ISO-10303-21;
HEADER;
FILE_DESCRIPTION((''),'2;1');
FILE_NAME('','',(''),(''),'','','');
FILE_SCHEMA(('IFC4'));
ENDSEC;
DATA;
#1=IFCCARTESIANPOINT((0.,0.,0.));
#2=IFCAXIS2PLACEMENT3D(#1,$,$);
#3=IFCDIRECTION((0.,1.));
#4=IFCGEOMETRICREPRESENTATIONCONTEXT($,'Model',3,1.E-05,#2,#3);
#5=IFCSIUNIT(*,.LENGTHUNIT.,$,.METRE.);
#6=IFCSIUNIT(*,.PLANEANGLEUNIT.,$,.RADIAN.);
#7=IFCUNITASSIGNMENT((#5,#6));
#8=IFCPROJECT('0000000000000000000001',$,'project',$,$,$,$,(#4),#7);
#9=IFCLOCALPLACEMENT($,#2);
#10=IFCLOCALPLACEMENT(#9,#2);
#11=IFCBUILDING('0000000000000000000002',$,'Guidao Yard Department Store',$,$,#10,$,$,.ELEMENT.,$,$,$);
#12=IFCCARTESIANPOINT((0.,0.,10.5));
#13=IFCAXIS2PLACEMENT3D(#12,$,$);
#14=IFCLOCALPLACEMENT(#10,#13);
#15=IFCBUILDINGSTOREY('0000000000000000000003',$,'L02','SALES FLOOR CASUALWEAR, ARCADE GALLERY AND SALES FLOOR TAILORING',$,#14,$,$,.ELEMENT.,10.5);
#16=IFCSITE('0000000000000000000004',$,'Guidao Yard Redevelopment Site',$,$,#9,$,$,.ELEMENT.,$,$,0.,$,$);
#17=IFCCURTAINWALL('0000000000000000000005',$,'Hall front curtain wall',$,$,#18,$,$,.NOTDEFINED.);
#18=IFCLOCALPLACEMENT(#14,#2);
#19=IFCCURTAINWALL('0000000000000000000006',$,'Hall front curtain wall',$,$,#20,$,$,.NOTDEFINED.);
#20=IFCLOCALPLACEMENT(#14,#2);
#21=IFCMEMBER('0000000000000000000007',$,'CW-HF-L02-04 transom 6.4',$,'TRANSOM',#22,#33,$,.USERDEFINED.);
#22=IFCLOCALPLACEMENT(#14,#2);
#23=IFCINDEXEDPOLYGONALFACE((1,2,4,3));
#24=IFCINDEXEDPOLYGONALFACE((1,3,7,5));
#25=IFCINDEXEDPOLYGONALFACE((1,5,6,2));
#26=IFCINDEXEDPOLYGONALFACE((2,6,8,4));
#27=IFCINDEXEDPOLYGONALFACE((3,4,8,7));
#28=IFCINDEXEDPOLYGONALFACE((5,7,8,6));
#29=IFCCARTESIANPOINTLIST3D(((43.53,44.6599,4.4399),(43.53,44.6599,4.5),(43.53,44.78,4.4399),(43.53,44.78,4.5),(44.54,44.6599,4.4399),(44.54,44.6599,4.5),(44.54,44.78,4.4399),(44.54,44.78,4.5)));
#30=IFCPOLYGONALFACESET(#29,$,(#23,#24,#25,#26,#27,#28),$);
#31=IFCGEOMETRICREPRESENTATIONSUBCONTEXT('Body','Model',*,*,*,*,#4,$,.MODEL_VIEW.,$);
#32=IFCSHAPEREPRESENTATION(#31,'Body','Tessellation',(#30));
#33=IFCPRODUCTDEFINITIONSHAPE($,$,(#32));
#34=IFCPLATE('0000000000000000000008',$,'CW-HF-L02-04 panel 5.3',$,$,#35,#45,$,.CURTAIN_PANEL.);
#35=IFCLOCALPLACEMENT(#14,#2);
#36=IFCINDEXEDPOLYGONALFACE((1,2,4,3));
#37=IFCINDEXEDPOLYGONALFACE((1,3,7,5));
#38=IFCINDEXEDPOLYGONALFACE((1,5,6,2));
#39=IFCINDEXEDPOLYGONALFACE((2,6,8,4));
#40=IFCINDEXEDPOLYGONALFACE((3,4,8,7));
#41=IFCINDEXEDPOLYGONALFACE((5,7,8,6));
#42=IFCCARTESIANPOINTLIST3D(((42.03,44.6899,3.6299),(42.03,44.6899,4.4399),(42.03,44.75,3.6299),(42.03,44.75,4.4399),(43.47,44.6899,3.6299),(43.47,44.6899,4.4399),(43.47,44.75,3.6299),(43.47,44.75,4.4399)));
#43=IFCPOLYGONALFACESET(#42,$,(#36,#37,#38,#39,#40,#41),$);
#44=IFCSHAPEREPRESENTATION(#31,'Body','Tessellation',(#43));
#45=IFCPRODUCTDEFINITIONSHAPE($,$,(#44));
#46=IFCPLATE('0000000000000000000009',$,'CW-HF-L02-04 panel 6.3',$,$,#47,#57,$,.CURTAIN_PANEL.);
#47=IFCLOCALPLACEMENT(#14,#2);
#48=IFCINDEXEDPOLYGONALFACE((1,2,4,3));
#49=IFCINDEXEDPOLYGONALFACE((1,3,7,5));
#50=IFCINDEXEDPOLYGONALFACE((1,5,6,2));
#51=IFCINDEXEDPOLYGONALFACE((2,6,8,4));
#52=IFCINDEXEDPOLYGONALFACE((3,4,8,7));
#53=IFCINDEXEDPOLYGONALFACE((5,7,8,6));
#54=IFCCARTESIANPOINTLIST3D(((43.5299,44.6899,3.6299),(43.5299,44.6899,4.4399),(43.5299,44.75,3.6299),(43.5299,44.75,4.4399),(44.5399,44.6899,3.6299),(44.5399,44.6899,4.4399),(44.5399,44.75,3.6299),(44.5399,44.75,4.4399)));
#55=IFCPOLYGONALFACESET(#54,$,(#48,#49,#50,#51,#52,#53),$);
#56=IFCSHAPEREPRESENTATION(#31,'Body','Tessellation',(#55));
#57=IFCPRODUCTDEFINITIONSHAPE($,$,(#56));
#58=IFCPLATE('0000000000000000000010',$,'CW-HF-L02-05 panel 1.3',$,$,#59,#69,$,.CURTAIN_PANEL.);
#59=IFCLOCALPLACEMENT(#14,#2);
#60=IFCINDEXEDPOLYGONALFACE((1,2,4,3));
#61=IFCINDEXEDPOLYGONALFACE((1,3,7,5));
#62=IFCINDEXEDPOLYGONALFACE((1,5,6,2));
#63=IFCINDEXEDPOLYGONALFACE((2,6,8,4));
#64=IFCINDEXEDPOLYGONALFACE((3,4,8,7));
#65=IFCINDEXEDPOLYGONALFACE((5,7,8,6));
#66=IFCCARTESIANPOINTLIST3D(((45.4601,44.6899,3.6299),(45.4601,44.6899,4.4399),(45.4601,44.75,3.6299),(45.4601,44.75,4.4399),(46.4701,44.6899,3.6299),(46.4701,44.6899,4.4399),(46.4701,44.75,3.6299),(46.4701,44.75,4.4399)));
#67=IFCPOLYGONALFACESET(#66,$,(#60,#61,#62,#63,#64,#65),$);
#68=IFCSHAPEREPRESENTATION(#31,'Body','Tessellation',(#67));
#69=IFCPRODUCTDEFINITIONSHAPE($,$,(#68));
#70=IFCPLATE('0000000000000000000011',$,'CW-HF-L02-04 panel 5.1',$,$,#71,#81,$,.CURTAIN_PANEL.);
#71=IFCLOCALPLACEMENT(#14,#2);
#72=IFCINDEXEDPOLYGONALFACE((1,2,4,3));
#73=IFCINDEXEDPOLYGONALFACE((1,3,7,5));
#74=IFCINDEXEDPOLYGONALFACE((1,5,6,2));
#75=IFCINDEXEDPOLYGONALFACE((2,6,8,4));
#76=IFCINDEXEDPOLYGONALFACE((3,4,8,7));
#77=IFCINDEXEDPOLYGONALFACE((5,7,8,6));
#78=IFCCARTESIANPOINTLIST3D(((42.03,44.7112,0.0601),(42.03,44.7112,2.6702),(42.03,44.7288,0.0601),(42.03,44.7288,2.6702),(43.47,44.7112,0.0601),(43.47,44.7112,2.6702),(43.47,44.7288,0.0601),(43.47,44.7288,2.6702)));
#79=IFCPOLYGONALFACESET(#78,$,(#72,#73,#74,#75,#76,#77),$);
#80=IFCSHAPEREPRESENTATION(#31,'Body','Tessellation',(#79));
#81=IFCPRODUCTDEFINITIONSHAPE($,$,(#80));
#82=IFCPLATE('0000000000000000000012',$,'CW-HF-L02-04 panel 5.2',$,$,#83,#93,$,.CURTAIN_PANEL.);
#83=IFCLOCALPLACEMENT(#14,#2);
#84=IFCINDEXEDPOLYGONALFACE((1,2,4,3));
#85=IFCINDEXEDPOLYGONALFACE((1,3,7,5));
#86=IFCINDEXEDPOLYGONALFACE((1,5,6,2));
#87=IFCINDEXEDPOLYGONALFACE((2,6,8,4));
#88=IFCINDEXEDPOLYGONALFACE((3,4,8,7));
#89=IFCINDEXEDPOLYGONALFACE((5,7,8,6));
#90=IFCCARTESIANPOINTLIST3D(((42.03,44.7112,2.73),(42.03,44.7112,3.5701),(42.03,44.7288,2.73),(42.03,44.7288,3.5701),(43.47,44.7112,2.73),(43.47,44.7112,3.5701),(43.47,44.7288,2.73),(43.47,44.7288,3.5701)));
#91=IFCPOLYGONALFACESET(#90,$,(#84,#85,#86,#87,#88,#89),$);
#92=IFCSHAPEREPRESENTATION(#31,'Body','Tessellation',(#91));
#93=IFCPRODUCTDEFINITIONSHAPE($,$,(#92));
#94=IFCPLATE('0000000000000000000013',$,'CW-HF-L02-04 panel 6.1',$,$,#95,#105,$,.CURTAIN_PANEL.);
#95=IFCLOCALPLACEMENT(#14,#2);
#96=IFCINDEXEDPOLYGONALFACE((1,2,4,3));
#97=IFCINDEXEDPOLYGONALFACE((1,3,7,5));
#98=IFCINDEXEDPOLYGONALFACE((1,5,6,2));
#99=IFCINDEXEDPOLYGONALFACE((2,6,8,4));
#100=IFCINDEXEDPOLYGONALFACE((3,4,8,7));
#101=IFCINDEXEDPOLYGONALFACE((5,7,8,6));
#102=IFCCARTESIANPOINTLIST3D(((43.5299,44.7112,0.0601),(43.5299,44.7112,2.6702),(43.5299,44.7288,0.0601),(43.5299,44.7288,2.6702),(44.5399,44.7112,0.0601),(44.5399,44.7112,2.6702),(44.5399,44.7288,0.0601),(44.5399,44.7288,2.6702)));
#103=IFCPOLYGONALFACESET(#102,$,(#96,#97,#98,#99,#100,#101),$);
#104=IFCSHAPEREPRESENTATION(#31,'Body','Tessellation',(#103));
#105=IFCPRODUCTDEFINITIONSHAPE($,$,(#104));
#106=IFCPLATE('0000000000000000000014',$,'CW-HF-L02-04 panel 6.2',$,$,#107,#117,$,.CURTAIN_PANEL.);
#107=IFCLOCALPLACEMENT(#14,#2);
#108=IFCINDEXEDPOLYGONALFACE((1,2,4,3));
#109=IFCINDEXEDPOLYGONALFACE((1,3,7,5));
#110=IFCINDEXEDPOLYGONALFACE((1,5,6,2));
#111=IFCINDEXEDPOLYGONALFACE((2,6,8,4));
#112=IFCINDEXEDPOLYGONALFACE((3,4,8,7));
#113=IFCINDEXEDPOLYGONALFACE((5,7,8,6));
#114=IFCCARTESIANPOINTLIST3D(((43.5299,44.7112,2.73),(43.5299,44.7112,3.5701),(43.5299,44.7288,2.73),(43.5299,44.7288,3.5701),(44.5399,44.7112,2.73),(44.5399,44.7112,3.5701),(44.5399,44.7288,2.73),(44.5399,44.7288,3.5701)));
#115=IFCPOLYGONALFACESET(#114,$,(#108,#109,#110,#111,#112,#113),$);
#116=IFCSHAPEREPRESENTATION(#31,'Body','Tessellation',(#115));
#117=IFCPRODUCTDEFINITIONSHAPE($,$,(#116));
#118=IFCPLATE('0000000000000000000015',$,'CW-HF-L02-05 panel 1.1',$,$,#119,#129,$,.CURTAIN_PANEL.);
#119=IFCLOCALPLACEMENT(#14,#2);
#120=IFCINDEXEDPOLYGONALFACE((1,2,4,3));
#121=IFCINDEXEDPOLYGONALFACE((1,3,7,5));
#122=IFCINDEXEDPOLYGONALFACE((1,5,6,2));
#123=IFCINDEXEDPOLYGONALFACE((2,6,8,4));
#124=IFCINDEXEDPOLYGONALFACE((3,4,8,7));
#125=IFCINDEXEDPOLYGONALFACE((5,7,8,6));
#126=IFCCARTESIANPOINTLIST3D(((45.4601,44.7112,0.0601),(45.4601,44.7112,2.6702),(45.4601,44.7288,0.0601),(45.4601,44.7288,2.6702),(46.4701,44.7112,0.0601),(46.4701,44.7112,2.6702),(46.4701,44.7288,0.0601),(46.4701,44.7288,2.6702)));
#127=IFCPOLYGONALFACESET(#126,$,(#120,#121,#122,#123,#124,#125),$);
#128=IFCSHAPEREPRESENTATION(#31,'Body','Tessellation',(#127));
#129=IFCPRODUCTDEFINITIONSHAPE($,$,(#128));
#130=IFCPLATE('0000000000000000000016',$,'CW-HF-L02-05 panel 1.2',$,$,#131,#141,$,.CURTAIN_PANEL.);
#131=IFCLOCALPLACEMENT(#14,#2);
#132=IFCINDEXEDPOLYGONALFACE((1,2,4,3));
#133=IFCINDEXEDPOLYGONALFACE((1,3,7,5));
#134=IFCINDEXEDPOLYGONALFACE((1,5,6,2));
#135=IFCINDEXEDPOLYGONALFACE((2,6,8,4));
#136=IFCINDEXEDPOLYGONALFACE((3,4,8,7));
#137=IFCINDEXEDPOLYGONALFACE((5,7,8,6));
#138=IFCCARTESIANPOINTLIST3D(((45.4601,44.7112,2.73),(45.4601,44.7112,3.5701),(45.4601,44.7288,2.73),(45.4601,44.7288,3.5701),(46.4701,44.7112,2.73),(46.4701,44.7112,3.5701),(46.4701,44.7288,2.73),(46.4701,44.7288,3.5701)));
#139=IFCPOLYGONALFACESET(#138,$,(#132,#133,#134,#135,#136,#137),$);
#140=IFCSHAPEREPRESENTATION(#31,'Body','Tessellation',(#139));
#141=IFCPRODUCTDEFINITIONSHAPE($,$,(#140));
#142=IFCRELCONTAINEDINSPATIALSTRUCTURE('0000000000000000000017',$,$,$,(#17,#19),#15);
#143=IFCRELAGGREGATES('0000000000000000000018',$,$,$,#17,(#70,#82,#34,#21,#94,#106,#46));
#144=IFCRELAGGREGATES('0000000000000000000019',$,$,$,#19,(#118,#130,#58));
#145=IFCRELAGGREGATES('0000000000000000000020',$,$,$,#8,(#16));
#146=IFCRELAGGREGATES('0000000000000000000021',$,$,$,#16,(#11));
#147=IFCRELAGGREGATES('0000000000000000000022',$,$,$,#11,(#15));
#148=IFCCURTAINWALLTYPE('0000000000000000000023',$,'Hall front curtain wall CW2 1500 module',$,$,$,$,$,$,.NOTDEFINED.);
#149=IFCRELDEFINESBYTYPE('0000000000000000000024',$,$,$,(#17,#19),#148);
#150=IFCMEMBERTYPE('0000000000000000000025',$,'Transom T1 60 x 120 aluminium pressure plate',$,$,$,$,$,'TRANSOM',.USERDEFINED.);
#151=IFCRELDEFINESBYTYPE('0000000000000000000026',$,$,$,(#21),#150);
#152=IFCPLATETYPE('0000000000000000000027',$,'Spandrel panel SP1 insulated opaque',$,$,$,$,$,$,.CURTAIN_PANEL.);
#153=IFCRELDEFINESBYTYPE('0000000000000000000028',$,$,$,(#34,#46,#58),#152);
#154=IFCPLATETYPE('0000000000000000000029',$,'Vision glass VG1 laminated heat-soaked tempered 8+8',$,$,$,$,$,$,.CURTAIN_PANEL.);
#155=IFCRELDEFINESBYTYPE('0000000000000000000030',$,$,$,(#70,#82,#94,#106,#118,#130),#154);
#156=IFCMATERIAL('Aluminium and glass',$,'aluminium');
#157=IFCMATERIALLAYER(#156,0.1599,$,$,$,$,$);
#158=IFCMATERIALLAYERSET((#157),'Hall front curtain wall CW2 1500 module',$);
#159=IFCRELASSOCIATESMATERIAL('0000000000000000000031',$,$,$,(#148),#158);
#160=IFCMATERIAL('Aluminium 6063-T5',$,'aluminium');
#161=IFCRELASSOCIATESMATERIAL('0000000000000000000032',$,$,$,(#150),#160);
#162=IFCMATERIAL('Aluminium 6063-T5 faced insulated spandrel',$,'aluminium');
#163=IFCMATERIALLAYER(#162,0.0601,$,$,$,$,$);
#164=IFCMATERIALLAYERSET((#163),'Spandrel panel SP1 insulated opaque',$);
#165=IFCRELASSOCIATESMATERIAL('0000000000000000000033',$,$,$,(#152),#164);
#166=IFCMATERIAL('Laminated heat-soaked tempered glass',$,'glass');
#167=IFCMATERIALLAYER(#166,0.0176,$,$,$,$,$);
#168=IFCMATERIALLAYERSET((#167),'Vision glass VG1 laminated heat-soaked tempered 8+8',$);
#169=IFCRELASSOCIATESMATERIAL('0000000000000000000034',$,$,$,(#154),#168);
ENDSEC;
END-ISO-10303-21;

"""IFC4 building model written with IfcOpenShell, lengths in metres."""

from ifc_helpers import new_model, si_unit, direction, frame, origin, origin_2d, place, context, subcontext, project, spatial, rectangle, extrude, material, layer, layer_set, material_profile, profile_set, type_object, element, aggregate, save


model = new_model("IFC4")

# Units and contexts
model_context = context("Model", 3, precision=1e-05, world=origin(), true_north=direction((0.0, 1.0)))
body_context = subcontext(model_context, "Body", "Model", "MODEL_VIEW")
ifc_project = project(units=[si_unit("LENGTHUNIT", "METRE"), si_unit("PLANEANGLEUNIT", "RADIAN")], contexts=[model_context])

# Site, building, storey
site_placement = place(None, origin())
site = spatial("IfcSite", under=ifc_project, at=site_placement, Name="Guidao Yard Redevelopment Site", CompositionType="ELEMENT", RefElevation=0.0)
building_placement = place(site_placement, origin())
building = spatial("IfcBuilding", under=site, at=building_placement, Name="Guidao Yard Department Store", CompositionType="ELEMENT")
storey_placement = place(building_placement, frame((0.0, 0.0, 10.5)))
storey = spatial("IfcBuildingStorey", under=building, at=storey_placement, Name="L02", Description="SALES FLOOR CASUALWEAR, ARCADE GALLERY AND SALES FLOOR TAILORING", CompositionType="ELEMENT", Elevation=10.5)

# Curtain wall
ifc_material_1 = material(Name="Aluminium and glass", Category="aluminium")
ifc_layer_1 = layer(ifc_material_1, 0.1599)
ifc_layer_set_1 = layer_set([ifc_layer_1], Name="Hall front curtain wall CW2 1500 module")
curtain_wall_type = type_object("IfcCurtainWallType", Name="Hall front curtain wall CW2 1500 module", PredefinedType="NOTDEFINED", material=ifc_layer_set_1)
curtain_wall_1_placement = place(storey_placement, origin())
curtain_wall_1 = element("IfcCurtainWall", 1, at=curtain_wall_1_placement, inside=storey, type_object=curtain_wall_type, Name="Hall front curtain wall", PredefinedType="NOTDEFINED")

# Curtain wall
curtain_wall_2_placement = place(storey_placement, origin())
curtain_wall_2 = element("IfcCurtainWall", 2, at=curtain_wall_2_placement, inside=storey, type_object=curtain_wall_type, Name="Hall front curtain wall", PredefinedType="NOTDEFINED")

# Member
ifc_material_2 = material(Name="Aluminium 6063-T5", Category="aluminium")
ifc_material_profile_1 = material_profile(ifc_material_2, rectangle(XDim=0.1201, YDim=0.0601, at=origin_2d()), Name="Transom T1 60 x 120 aluminium pressure plate")
ifc_profile_set_1 = profile_set([ifc_material_profile_1], Name="Aluminium 6063-T5")
member_type_1 = type_object("IfcMemberType", Name="Transom T1 60 x 120 aluminium pressure plate", ElementType="TRANSOM", PredefinedType="USERDEFINED", material=ifc_profile_set_1)
member_1_placement = place(storey_placement, frame((44.54, 44.72, 4.47), z_axis=(-1.0, 0.0, 0.0), x_axis=(0.0, -1.0, 0.0)))
member_1 = element("IfcMember", 3, at=member_1_placement, type_object=member_type_1, Name="CW-HF-L02-04 transom 6.4", ObjectType="TRANSOM", PredefinedType="USERDEFINED", context=body_context, shape_type="SweptSolid", body=[
    extrude(rectangle(XDim=0.1201, YDim=0.0601, at=origin_2d()), origin(), (0.0, 0.0, 1.0), 1.01),
])

# Plates
ifc_material_3 = material(Name="Aluminium 6063-T5 faced insulated spandrel", Category="aluminium")
ifc_layer_2 = layer(ifc_material_3, 0.0601)
ifc_layer_set_2 = layer_set([ifc_layer_2], Name="Spandrel panel SP1 insulated opaque")
plate_type_1 = type_object("IfcPlateType", Name="Spandrel panel SP1 insulated opaque", PredefinedType="CURTAIN_PANEL", material=ifc_layer_set_2)
plate_1_placement = place(storey_placement, frame((42.75, 44.72, 3.6299), z_axis=(0.0, 0.0, 1.0), x_axis=(-1.0, 0.0, 0.0)))
plate_1 = element("IfcPlate", 4, at=plate_1_placement, type_object=plate_type_1, Name="CW-HF-L02-04 panel 5.3", PredefinedType="CURTAIN_PANEL", context=body_context, shape_type="SweptSolid", body=[
    extrude(rectangle(XDim=1.4399, YDim=0.0601, at=origin_2d()), origin(), (0.0, 0.0, 1.0), 0.8101),
])
plate_2_placement = place(storey_placement, frame((44.0349, 44.72, 3.6299), z_axis=(0.0, 0.0, 1.0), x_axis=(-1.0, 0.0, 0.0)))
plate_2 = element("IfcPlate", 5, at=plate_2_placement, type_object=plate_type_1, Name="CW-HF-L02-04 panel 6.3", PredefinedType="CURTAIN_PANEL", context=body_context, shape_type="SweptSolid", body=[
    extrude(rectangle(XDim=1.01, YDim=0.0601, at=origin_2d()), origin(), (0.0, 0.0, 1.0), 0.8101),
])
plate_3_placement = place(storey_placement, frame((45.9651, 44.72, 3.6299), z_axis=(0.0, 0.0, 1.0), x_axis=(-1.0, 0.0, 0.0)))
plate_3 = element("IfcPlate", 6, at=plate_3_placement, type_object=plate_type_1, Name="CW-HF-L02-05 panel 1.3", PredefinedType="CURTAIN_PANEL", context=body_context, shape_type="SweptSolid", body=[
    extrude(rectangle(XDim=1.01, YDim=0.0601, at=origin_2d()), origin(), (0.0, 0.0, 1.0), 0.8101),
])
ifc_material_4 = material(Name="Laminated heat-soaked tempered glass", Category="glass")
ifc_layer_3 = layer(ifc_material_4, 0.0176)
ifc_layer_set_3 = layer_set([ifc_layer_3], Name="Vision glass VG1 laminated heat-soaked tempered 8+8")
plate_type_2 = type_object("IfcPlateType", Name="Vision glass VG1 laminated heat-soaked tempered 8+8", PredefinedType="CURTAIN_PANEL", material=ifc_layer_set_3)
plate_4_placement = place(storey_placement, frame((42.75, 44.72, 0.0601), z_axis=(0.0, 0.0, 1.0), x_axis=(-1.0, 0.0, 0.0)))
plate_4 = element("IfcPlate", 7, at=plate_4_placement, type_object=plate_type_2, Name="CW-HF-L02-04 panel 5.1", PredefinedType="CURTAIN_PANEL", context=body_context, shape_type="SweptSolid", body=[
    extrude(rectangle(XDim=1.4399, YDim=0.0176, at=origin_2d()), origin(), (0.0, 0.0, 1.0), 2.6101),
])
plate_5_placement = place(storey_placement, frame((42.75, 44.72, 2.73), z_axis=(0.0, 0.0, 1.0), x_axis=(-1.0, 0.0, 0.0)))
plate_5 = element("IfcPlate", 8, at=plate_5_placement, type_object=plate_type_2, Name="CW-HF-L02-04 panel 5.2", PredefinedType="CURTAIN_PANEL", context=body_context, shape_type="SweptSolid", body=[
    extrude(rectangle(XDim=1.4399, YDim=0.0176, at=origin_2d()), origin(), (0.0, 0.0, 1.0), 0.8401),
])
plate_6_placement = place(storey_placement, frame((44.0349, 44.72, 0.0601), z_axis=(0.0, 0.0, 1.0), x_axis=(-1.0, 0.0, 0.0)))
plate_6 = element("IfcPlate", 9, at=plate_6_placement, type_object=plate_type_2, Name="CW-HF-L02-04 panel 6.1", PredefinedType="CURTAIN_PANEL", context=body_context, shape_type="SweptSolid", body=[
    extrude(rectangle(XDim=1.01, YDim=0.0176, at=origin_2d()), origin(), (0.0, 0.0, 1.0), 2.6101),
])
plate_7_placement = place(storey_placement, frame((44.0349, 44.72, 2.73), z_axis=(0.0, 0.0, 1.0), x_axis=(-1.0, 0.0, 0.0)))
plate_7 = element("IfcPlate", 10, at=plate_7_placement, type_object=plate_type_2, Name="CW-HF-L02-04 panel 6.2", PredefinedType="CURTAIN_PANEL", context=body_context, shape_type="SweptSolid", body=[
    extrude(rectangle(XDim=1.01, YDim=0.0176, at=origin_2d()), origin(), (0.0, 0.0, 1.0), 0.8401),
])
aggregate(curtain_wall_1, [plate_4, plate_5, plate_1, member_1, plate_6, plate_7, plate_2])
plate_8_placement = place(storey_placement, frame((45.9651, 44.72, 0.0601), z_axis=(0.0, 0.0, 1.0), x_axis=(-1.0, 0.0, 0.0)))
plate_8 = element("IfcPlate", 11, at=plate_8_placement, type_object=plate_type_2, Name="CW-HF-L02-05 panel 1.1", PredefinedType="CURTAIN_PANEL", context=body_context, shape_type="SweptSolid", body=[
    extrude(rectangle(XDim=1.01, YDim=0.0176, at=origin_2d()), origin(), (0.0, 0.0, 1.0), 2.6101),
])
plate_9_placement = place(storey_placement, frame((45.9651, 44.72, 2.73), z_axis=(0.0, 0.0, 1.0), x_axis=(-1.0, 0.0, 0.0)))
plate_9 = element("IfcPlate", 12, at=plate_9_placement, type_object=plate_type_2, Name="CW-HF-L02-05 panel 1.2", PredefinedType="CURTAIN_PANEL", context=body_context, shape_type="SweptSolid", body=[
    extrude(rectangle(XDim=1.01, YDim=0.0176, at=origin_2d()), origin(), (0.0, 0.0, 1.0), 0.8401),
])
aggregate(curtain_wall_2, [plate_8, plate_9, plate_3])

save(model, "model.ifc")
